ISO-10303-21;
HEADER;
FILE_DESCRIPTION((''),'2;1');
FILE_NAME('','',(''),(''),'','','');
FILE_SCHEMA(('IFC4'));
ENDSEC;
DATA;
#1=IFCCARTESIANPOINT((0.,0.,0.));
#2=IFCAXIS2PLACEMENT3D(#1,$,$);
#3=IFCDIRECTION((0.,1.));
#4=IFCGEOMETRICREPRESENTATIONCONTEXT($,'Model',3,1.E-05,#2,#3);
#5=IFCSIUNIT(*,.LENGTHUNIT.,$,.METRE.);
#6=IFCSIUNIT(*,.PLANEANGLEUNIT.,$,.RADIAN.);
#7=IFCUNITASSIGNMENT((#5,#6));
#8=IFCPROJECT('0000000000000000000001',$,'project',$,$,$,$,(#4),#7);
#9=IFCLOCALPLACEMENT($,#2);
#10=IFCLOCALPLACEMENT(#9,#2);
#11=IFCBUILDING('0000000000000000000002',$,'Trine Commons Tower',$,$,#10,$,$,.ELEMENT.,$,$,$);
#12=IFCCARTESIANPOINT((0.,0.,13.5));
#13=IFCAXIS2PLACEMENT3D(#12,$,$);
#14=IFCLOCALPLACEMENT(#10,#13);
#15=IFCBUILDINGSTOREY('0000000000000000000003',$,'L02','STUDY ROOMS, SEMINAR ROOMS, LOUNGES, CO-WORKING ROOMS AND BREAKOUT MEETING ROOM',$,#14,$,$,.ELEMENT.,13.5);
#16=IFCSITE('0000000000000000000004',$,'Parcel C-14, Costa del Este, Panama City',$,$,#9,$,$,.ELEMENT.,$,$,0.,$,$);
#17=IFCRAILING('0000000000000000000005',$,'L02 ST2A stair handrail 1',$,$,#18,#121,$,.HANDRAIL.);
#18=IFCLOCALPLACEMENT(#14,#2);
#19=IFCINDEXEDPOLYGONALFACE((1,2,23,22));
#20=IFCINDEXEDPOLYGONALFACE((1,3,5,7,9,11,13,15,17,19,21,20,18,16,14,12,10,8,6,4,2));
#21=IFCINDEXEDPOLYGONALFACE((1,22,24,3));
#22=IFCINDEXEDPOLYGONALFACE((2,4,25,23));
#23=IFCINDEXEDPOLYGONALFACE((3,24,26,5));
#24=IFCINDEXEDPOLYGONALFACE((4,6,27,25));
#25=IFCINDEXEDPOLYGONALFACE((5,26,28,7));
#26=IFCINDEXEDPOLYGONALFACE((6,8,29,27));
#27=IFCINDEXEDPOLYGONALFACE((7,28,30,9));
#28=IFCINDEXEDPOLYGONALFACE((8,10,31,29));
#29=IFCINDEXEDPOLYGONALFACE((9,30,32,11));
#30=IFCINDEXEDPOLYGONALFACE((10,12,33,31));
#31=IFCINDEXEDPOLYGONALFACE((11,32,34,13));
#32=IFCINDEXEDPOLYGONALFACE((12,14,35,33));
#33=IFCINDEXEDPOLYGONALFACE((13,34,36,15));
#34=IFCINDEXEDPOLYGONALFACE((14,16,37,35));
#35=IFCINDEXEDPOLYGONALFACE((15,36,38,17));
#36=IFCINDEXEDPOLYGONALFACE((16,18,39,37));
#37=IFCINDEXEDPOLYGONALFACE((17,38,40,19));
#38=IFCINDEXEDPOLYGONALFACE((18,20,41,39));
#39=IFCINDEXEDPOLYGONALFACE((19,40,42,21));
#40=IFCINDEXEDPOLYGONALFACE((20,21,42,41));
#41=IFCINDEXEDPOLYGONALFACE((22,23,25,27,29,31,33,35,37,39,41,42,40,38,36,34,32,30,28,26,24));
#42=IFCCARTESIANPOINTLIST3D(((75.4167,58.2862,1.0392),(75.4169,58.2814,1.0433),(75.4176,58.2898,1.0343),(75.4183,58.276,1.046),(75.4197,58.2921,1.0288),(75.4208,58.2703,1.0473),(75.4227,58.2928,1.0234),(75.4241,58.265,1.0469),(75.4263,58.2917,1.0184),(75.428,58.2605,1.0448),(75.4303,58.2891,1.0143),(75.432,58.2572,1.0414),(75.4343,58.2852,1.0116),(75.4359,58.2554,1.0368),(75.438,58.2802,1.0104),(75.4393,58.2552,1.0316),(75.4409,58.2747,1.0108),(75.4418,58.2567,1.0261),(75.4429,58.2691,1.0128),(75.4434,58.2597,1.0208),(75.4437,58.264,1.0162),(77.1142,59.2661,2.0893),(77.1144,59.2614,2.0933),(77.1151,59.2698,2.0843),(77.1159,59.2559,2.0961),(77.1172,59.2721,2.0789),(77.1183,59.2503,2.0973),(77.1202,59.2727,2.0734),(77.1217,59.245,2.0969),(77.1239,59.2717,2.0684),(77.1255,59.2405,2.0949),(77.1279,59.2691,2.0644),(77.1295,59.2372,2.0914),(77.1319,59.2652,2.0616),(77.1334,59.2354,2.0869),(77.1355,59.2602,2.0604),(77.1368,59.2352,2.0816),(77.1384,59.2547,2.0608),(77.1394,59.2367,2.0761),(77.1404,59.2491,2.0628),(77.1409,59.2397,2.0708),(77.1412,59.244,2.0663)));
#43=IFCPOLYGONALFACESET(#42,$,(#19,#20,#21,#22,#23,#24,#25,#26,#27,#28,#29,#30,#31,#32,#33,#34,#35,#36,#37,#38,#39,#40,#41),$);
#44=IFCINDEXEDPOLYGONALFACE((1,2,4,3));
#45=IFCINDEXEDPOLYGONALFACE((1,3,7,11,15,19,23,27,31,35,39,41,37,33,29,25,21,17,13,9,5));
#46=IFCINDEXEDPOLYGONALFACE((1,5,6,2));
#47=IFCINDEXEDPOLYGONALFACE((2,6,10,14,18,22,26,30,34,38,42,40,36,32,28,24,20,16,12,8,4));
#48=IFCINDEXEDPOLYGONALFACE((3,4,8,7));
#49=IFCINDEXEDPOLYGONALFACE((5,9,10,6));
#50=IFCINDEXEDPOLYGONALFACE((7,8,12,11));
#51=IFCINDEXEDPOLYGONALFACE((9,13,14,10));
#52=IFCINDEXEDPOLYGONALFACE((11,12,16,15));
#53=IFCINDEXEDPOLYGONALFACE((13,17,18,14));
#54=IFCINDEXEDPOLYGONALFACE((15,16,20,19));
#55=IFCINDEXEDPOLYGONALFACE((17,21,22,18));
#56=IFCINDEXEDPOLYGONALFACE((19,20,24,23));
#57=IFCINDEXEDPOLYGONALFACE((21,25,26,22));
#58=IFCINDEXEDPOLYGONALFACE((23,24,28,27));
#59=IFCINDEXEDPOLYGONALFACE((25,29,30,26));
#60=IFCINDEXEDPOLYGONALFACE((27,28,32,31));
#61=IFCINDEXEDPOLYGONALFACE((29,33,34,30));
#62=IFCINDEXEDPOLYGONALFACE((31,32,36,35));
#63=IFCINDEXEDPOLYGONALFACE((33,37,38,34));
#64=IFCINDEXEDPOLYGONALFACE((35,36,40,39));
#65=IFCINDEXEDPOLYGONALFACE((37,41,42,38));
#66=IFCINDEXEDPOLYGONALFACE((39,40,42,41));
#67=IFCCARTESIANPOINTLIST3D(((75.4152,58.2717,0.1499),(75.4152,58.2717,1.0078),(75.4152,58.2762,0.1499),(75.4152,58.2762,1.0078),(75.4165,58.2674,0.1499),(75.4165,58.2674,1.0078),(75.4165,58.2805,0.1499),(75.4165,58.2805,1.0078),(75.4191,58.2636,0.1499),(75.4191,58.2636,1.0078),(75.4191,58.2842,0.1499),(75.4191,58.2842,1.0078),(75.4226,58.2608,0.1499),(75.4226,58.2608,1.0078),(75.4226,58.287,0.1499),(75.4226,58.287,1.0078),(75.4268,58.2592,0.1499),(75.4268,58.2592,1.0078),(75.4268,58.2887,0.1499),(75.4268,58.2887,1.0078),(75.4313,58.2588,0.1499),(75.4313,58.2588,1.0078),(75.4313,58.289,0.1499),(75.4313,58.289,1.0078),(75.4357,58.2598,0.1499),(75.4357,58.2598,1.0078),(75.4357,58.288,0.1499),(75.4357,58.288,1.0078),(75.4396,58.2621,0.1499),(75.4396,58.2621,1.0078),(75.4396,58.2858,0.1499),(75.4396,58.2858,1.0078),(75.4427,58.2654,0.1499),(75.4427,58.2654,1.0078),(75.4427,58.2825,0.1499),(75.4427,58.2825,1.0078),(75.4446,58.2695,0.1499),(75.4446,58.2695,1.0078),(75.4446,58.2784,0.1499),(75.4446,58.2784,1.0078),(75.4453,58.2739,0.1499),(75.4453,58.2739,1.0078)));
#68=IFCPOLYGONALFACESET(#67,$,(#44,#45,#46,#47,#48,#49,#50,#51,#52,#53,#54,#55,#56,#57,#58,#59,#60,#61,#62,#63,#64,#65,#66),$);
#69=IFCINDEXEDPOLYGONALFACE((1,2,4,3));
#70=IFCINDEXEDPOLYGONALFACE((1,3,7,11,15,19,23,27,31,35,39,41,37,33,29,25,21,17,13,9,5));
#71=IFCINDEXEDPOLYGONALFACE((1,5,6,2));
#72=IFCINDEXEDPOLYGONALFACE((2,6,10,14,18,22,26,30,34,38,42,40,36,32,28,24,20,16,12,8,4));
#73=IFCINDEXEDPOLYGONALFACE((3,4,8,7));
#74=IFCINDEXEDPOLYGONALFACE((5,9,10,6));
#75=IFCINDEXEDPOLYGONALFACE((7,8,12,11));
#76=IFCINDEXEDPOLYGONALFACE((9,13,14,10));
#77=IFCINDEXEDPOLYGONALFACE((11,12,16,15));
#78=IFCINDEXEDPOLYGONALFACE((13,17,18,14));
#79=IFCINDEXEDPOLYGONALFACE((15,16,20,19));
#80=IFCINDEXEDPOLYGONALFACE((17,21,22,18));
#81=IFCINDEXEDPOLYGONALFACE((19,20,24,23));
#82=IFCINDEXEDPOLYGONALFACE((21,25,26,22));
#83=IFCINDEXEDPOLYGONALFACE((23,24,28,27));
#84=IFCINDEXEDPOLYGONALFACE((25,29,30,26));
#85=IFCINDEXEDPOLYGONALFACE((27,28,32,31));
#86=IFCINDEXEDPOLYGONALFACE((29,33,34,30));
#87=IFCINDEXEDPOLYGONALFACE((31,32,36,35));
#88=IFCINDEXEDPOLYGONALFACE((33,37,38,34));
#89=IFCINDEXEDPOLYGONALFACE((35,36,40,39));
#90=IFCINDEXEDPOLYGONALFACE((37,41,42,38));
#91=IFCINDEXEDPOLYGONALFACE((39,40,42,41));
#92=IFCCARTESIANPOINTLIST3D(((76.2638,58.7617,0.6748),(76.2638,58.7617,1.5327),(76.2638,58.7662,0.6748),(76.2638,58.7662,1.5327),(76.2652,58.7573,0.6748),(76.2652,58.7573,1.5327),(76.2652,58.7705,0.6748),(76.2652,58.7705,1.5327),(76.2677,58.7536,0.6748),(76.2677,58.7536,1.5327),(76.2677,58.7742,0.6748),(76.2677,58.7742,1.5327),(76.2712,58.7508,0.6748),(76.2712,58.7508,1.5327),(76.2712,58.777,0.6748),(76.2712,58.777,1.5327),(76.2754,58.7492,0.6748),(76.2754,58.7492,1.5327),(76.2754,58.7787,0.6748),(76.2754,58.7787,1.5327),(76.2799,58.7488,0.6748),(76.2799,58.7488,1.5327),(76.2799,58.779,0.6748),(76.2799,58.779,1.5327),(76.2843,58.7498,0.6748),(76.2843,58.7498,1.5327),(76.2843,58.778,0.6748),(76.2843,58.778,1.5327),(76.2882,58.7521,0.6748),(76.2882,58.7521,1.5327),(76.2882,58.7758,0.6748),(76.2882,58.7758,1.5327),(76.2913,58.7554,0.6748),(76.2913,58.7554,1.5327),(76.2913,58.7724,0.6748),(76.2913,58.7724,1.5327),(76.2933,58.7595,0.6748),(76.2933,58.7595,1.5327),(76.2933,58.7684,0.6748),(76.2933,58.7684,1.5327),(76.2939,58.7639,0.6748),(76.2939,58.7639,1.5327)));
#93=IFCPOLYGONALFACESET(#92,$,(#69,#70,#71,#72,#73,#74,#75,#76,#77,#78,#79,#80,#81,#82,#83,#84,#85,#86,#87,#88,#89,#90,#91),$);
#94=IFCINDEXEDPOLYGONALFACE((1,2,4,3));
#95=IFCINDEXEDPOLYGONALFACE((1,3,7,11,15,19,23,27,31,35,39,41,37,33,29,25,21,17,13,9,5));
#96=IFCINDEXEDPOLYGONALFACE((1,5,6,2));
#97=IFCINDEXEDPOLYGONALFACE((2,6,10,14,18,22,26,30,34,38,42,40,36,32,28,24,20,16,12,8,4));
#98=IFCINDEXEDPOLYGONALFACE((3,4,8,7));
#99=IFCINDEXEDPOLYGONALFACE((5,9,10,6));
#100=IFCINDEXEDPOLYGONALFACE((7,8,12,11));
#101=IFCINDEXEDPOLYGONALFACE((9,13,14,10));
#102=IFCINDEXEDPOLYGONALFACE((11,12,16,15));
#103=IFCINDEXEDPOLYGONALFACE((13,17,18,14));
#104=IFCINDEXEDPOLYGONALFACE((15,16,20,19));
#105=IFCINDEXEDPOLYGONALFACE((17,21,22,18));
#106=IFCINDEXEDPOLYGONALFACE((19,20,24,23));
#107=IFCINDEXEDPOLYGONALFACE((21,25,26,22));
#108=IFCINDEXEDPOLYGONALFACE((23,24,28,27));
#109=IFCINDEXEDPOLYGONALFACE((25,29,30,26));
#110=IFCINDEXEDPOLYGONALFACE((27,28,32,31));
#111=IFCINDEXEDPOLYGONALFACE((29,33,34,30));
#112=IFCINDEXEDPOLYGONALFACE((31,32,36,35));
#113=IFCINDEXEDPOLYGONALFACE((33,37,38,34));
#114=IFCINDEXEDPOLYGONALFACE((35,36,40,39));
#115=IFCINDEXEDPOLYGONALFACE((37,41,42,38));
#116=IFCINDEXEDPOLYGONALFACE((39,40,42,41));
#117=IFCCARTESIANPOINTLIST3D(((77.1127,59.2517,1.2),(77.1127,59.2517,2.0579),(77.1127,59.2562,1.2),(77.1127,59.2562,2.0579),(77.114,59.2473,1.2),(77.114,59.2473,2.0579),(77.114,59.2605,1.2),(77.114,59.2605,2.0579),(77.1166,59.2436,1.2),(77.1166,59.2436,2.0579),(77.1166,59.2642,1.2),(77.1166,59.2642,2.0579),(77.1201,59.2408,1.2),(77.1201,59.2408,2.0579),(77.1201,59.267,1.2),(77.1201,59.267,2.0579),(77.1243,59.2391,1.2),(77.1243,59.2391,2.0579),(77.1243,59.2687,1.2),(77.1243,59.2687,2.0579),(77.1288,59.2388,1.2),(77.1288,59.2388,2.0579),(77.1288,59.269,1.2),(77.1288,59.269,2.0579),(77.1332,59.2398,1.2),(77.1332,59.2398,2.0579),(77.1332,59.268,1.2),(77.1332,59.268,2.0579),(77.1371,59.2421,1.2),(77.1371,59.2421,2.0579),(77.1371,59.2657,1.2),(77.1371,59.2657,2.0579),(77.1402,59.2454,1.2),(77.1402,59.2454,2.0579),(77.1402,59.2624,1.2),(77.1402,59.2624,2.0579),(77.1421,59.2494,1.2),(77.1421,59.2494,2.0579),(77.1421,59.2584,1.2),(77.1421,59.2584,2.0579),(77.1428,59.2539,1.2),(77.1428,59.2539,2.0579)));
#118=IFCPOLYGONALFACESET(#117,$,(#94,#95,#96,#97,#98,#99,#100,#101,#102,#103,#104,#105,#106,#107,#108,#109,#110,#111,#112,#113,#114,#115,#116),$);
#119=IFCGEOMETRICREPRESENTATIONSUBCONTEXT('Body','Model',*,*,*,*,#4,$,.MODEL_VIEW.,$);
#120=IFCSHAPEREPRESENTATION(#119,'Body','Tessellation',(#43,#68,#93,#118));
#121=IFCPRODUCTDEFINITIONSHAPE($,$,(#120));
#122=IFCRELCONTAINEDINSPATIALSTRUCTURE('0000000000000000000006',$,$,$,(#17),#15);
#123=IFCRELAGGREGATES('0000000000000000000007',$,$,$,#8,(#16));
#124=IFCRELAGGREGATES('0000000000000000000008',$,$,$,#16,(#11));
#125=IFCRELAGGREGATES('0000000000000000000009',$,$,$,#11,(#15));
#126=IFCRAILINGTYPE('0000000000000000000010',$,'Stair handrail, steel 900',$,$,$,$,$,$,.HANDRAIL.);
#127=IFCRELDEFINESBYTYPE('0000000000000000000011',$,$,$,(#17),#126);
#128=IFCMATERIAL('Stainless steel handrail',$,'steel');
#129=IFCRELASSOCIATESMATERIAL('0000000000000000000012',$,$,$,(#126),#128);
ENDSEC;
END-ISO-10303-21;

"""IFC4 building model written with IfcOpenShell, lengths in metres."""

from ifc_helpers import new_model, si_unit, direction, frame, origin, origin_2d, place, context, subcontext, project, spatial, circle, extrude, material, type_object, element, save


model = new_model("IFC4")

# Units and contexts
model_context = context("Model", 3, precision=1e-05, world=origin(), true_north=direction((0.0, 1.0)))
body_context = subcontext(model_context, "Body", "Model", "MODEL_VIEW")
ifc_project = project(units=[si_unit("LENGTHUNIT", "METRE"), si_unit("PLANEANGLEUNIT", "RADIAN")], contexts=[model_context])

# Site, building, storey
site_placement = place(None, origin())
site = spatial("IfcSite", under=ifc_project, at=site_placement, Name="Parcel C-14, Costa del Este, Panama City", CompositionType="ELEMENT", RefElevation=0.0)
building_placement = place(site_placement, origin())
building = spatial("IfcBuilding", under=site, at=building_placement, Name="Trine Commons Tower", CompositionType="ELEMENT")
storey_placement = place(building_placement, frame((0.0, 0.0, 13.5)))
storey = spatial("IfcBuildingStorey", under=building, at=storey_placement, Name="L02", Description="STUDY ROOMS, SEMINAR ROOMS, LOUNGES, CO-WORKING ROOMS AND BREAKOUT MEETING ROOM", CompositionType="ELEMENT", Elevation=13.5)

# Railing
ifc_material_1 = material(Name="Stainless steel handrail", Category="steel")
railing_type = type_object("IfcRailingType", Name="Stair handrail, steel 900", PredefinedType="HANDRAIL", material=ifc_material_1)
railing_placement = place(storey_placement, frame((75.4302, 58.2739, 0.1499)))
element("IfcRailing", 1, at=railing_placement, inside=storey, type_object=railing_type, Name="L02 ST2A stair handrail 1", PredefinedType="HANDRAIL", context=body_context, shape_type="SweptSolid", body=[
    extrude(circle(Radius=0.021, at=origin_2d()), frame((0.0, 0.0, 0.8789), z_axis=(0.763398, 0.440713, 0.472224), x_axis=(-0.49997, 0.866042, 0.0)), (0.0, 0.0, 1.0), 2.2236),
    extrude(circle(Radius=0.0151, at=origin_2d()), origin(), (0.0, 0.0, 1.0), 0.8579),
    extrude(circle(Radius=0.0151, at=origin_2d()), frame((0.8486, 0.49, 0.5249)), (0.0, 0.0, 1.0), 0.8579),
    extrude(circle(Radius=0.0151, at=origin_2d()), frame((1.6975, 0.98, 1.05)), (0.0, 0.0, 1.0), 0.8579),
])

save(model, "model.ifc")
